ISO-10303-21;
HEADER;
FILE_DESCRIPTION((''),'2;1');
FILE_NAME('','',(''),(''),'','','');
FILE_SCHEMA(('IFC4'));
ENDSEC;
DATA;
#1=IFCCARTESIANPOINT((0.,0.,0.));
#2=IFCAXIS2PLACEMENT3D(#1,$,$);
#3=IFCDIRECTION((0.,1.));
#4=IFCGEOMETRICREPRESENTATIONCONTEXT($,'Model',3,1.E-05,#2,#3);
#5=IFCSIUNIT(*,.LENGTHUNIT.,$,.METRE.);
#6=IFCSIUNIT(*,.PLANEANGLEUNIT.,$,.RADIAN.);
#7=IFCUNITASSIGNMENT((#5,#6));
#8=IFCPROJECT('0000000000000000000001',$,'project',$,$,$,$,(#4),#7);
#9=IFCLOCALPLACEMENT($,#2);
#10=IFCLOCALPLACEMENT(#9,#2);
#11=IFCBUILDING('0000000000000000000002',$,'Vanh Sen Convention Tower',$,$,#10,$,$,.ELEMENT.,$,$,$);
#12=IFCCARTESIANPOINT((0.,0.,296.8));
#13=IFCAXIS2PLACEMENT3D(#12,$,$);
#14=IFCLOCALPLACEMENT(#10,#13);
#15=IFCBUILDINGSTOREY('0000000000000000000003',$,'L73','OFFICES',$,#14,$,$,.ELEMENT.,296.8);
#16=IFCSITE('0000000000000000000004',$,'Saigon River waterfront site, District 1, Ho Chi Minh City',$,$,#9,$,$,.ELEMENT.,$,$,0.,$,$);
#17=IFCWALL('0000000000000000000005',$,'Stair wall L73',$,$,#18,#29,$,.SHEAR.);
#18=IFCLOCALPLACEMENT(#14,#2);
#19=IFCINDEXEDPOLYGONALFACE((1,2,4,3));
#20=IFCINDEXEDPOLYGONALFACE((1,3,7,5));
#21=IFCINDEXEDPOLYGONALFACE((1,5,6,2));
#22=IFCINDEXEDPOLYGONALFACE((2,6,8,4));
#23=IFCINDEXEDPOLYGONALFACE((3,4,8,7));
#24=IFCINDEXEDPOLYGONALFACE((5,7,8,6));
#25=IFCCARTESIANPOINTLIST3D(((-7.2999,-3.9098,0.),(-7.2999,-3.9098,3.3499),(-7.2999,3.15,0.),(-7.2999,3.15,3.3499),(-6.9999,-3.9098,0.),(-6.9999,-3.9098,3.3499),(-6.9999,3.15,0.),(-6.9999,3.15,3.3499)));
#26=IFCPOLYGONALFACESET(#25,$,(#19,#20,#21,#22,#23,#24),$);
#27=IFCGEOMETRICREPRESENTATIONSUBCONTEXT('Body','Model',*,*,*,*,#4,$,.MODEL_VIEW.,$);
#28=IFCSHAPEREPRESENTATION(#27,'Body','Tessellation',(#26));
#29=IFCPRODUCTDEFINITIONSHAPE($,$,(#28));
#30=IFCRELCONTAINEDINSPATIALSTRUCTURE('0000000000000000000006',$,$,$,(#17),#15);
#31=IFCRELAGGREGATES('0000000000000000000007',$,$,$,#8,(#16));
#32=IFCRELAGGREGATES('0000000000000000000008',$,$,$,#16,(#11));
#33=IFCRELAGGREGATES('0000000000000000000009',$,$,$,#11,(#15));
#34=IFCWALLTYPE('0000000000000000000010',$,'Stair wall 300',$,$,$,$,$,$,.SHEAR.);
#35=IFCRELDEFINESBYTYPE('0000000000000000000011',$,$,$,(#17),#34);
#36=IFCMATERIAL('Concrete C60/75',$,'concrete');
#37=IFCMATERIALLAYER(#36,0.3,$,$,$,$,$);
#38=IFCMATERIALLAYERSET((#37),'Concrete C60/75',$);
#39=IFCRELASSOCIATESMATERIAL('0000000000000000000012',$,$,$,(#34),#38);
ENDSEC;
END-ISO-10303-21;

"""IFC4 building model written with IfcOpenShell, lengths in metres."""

from ifc_helpers import new_model, si_unit, direction, frame, frame_2d, origin, place, context, subcontext, project, spatial, rectangle, extrude, material, layer, layer_set, type_object, element, save


model = new_model("IFC4")

# Units and contexts
model_context = context("Model", 3, precision=1e-05, world=origin(), true_north=direction((0.0, 1.0)))
body_context = subcontext(model_context, "Body", "Model", "MODEL_VIEW")
ifc_project = project(units=[si_unit("LENGTHUNIT", "METRE"), si_unit("PLANEANGLEUNIT", "RADIAN")], contexts=[model_context])

# Site, building, storey
site_placement = place(None, origin())
site = spatial("IfcSite", under=ifc_project, at=site_placement, Name="Saigon River waterfront site, District 1, Ho Chi Minh City", CompositionType="ELEMENT", RefElevation=0.0)
building_placement = place(site_placement, origin())
building = spatial("IfcBuilding", under=site, at=building_placement, Name="Vanh Sen Convention Tower", CompositionType="ELEMENT")
storey_placement = place(building_placement, frame((0.0, 0.0, 296.8)))
storey = spatial("IfcBuildingStorey", under=building, at=storey_placement, Name="L73", Description="OFFICES", CompositionType="ELEMENT", Elevation=296.8)

# Shared definitions
ifc_material_1 = material(Name="Concrete C60/75", Category="concrete")

# Shared definitions
ifc_layer_1 = layer(ifc_material_1, 0.3)
ifc_layer_set_1 = layer_set([ifc_layer_1], Name="Concrete C60/75")
wall_type_1 = type_object("IfcWallType", Name="Stair wall 300", PredefinedType="SHEAR", material=ifc_layer_set_1)

# Wall
for number, where, z_axis, x_axis, name in (
    (1, (-7.1499, 3.1499, 0.0), (0.0, 0.0, 1.0), (0.0, -1.0, 0.0), "Stair wall L73"),
):
    element("IfcWall", number, at=place(storey_placement, frame(where, z_axis=z_axis, x_axis=x_axis)), inside=storey, type_object=wall_type_1, Name=name, PredefinedType="SHEAR", context=body_context, shape_type="SweptSolid", body=[
        extrude(rectangle(XDim=7.0598, YDim=0.3, at=frame_2d((3.5298, 0.0))), origin(), (0.0, 0.0, 1.0), 3.3499),
    ])

save(model, "model.ifc")
